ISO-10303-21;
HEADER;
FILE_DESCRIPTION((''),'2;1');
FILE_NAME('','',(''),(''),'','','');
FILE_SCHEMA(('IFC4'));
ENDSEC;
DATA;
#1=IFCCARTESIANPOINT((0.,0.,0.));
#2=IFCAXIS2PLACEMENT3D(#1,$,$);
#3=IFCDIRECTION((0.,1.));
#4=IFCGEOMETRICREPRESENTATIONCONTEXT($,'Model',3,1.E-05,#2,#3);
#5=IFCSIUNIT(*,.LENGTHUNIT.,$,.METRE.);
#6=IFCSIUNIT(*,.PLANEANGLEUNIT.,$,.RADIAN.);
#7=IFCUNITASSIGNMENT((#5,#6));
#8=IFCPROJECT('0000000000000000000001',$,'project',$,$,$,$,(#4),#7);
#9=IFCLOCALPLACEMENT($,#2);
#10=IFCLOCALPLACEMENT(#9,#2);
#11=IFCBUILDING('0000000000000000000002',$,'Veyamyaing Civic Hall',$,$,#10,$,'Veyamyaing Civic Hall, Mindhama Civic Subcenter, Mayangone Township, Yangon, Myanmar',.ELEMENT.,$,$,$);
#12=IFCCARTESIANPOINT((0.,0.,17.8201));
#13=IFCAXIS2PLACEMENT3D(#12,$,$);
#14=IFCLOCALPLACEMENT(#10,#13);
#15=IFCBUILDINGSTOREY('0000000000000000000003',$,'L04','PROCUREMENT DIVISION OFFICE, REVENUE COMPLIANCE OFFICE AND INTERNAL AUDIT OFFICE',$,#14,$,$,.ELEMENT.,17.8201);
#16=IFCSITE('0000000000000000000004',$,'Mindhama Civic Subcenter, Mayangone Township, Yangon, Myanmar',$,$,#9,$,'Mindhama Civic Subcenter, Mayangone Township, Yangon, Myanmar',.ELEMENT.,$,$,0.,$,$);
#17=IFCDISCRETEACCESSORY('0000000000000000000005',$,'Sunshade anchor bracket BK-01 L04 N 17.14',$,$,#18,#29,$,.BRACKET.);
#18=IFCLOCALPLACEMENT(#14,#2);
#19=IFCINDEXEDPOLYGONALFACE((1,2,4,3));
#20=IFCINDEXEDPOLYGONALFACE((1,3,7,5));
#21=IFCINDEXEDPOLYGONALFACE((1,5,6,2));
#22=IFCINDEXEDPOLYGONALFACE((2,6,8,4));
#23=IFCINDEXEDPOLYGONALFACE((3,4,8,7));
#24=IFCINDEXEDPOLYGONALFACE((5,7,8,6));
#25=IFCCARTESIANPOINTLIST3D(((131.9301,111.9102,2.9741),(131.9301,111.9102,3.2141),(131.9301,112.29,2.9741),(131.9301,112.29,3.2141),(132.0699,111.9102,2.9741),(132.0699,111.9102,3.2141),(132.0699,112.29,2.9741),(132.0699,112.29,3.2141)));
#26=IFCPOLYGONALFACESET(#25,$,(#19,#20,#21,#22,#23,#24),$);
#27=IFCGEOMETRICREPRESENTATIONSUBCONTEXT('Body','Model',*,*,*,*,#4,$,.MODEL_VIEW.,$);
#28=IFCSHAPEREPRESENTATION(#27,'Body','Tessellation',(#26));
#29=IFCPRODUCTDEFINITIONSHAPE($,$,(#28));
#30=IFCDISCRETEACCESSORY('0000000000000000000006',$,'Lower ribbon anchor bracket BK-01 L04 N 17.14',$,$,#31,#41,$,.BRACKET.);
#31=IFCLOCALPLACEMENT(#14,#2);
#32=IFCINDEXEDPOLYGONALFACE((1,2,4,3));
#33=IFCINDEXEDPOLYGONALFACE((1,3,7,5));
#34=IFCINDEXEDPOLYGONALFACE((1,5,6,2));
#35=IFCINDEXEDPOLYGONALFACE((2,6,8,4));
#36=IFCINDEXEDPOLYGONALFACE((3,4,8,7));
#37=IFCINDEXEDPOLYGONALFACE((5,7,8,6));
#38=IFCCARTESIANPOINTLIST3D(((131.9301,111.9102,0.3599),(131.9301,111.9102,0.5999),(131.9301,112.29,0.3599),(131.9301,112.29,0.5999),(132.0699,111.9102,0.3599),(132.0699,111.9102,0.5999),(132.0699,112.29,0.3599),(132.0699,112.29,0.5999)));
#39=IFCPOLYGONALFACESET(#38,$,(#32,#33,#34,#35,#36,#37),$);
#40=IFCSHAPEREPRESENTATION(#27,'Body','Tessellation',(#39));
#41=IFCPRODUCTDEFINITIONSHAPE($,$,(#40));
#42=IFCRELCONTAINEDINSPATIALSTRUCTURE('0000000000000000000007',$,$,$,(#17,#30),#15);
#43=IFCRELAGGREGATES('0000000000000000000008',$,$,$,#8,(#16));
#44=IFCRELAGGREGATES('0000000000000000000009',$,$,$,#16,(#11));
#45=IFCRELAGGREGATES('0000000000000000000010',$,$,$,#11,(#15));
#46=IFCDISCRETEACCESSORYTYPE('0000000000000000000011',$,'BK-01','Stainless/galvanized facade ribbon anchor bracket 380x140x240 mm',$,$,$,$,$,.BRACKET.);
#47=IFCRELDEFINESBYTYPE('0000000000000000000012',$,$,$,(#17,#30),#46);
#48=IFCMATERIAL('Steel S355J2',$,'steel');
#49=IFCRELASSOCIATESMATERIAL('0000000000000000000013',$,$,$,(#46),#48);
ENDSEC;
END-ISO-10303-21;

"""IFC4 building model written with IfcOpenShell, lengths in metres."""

from ifc_helpers import new_model, si_unit, direction, frame, origin, origin_2d, place, context, subcontext, project, spatial, rectangle, extrude, material, type_object, element, save


model = new_model("IFC4")

# Units and contexts
model_context = context("Model", 3, precision=1e-05, world=origin(), true_north=direction((0.0, 1.0)))
body_context = subcontext(model_context, "Body", "Model", "MODEL_VIEW")
ifc_project = project(units=[si_unit("LENGTHUNIT", "METRE"), si_unit("PLANEANGLEUNIT", "RADIAN")], contexts=[model_context])

# Site, building, storey
site_placement = place(None, origin())
site = spatial("IfcSite", under=ifc_project, at=site_placement, Name="Mindhama Civic Subcenter, Mayangone Township, Yangon, Myanmar", LongName="Mindhama Civic Subcenter, Mayangone Township, Yangon, Myanmar", CompositionType="ELEMENT", RefElevation=0.0)
building_placement = place(site_placement, origin())
building = spatial("IfcBuilding", under=site, at=building_placement, Name="Veyamyaing Civic Hall", LongName="Veyamyaing Civic Hall, Mindhama Civic Subcenter, Mayangone Township, Yangon, Myanmar", CompositionType="ELEMENT")
storey_placement = place(building_placement, frame((0.0, 0.0, 17.8201)))
storey = spatial("IfcBuildingStorey", under=building, at=storey_placement, Name="L04", Description="PROCUREMENT DIVISION OFFICE, REVENUE COMPLIANCE OFFICE AND INTERNAL AUDIT OFFICE", CompositionType="ELEMENT", Elevation=17.8201)

# Discrete accessories
ifc_material_1 = material(Name="Steel S355J2", Category="steel")
discrete_accessory_type = type_object("IfcDiscreteAccessoryType", Name="BK-01", Description="Stainless/galvanized facade ribbon anchor bracket 380x140x240 mm", PredefinedType="BRACKET", material=ifc_material_1)
for number, where, z_axis, x_axis, name in (
    (1, (132.0, 112.1001, 2.9741), (0.0, 0.0, 1.0), (0.0, 1.0, 0.0), "Sunshade anchor bracket BK-01 L04 N 17.14"),
    (2, (132.0, 112.1001, 0.3599), (0.0, 0.0, 1.0), (0.0, 1.0, 0.0), "Lower ribbon anchor bracket BK-01 L04 N 17.14"),
):
    element("IfcDiscreteAccessory", number, at=place(storey_placement, frame(where, z_axis=z_axis, x_axis=x_axis)), inside=storey, type_object=discrete_accessory_type, Name=name, PredefinedType="BRACKET", context=body_context, shape_type="SweptSolid", body=[
        extrude(rectangle(XDim=0.3799, YDim=0.1399, at=origin_2d()), origin(), (0.0, 0.0, 1.0), 0.24),
    ])

save(model, "model.ifc")
